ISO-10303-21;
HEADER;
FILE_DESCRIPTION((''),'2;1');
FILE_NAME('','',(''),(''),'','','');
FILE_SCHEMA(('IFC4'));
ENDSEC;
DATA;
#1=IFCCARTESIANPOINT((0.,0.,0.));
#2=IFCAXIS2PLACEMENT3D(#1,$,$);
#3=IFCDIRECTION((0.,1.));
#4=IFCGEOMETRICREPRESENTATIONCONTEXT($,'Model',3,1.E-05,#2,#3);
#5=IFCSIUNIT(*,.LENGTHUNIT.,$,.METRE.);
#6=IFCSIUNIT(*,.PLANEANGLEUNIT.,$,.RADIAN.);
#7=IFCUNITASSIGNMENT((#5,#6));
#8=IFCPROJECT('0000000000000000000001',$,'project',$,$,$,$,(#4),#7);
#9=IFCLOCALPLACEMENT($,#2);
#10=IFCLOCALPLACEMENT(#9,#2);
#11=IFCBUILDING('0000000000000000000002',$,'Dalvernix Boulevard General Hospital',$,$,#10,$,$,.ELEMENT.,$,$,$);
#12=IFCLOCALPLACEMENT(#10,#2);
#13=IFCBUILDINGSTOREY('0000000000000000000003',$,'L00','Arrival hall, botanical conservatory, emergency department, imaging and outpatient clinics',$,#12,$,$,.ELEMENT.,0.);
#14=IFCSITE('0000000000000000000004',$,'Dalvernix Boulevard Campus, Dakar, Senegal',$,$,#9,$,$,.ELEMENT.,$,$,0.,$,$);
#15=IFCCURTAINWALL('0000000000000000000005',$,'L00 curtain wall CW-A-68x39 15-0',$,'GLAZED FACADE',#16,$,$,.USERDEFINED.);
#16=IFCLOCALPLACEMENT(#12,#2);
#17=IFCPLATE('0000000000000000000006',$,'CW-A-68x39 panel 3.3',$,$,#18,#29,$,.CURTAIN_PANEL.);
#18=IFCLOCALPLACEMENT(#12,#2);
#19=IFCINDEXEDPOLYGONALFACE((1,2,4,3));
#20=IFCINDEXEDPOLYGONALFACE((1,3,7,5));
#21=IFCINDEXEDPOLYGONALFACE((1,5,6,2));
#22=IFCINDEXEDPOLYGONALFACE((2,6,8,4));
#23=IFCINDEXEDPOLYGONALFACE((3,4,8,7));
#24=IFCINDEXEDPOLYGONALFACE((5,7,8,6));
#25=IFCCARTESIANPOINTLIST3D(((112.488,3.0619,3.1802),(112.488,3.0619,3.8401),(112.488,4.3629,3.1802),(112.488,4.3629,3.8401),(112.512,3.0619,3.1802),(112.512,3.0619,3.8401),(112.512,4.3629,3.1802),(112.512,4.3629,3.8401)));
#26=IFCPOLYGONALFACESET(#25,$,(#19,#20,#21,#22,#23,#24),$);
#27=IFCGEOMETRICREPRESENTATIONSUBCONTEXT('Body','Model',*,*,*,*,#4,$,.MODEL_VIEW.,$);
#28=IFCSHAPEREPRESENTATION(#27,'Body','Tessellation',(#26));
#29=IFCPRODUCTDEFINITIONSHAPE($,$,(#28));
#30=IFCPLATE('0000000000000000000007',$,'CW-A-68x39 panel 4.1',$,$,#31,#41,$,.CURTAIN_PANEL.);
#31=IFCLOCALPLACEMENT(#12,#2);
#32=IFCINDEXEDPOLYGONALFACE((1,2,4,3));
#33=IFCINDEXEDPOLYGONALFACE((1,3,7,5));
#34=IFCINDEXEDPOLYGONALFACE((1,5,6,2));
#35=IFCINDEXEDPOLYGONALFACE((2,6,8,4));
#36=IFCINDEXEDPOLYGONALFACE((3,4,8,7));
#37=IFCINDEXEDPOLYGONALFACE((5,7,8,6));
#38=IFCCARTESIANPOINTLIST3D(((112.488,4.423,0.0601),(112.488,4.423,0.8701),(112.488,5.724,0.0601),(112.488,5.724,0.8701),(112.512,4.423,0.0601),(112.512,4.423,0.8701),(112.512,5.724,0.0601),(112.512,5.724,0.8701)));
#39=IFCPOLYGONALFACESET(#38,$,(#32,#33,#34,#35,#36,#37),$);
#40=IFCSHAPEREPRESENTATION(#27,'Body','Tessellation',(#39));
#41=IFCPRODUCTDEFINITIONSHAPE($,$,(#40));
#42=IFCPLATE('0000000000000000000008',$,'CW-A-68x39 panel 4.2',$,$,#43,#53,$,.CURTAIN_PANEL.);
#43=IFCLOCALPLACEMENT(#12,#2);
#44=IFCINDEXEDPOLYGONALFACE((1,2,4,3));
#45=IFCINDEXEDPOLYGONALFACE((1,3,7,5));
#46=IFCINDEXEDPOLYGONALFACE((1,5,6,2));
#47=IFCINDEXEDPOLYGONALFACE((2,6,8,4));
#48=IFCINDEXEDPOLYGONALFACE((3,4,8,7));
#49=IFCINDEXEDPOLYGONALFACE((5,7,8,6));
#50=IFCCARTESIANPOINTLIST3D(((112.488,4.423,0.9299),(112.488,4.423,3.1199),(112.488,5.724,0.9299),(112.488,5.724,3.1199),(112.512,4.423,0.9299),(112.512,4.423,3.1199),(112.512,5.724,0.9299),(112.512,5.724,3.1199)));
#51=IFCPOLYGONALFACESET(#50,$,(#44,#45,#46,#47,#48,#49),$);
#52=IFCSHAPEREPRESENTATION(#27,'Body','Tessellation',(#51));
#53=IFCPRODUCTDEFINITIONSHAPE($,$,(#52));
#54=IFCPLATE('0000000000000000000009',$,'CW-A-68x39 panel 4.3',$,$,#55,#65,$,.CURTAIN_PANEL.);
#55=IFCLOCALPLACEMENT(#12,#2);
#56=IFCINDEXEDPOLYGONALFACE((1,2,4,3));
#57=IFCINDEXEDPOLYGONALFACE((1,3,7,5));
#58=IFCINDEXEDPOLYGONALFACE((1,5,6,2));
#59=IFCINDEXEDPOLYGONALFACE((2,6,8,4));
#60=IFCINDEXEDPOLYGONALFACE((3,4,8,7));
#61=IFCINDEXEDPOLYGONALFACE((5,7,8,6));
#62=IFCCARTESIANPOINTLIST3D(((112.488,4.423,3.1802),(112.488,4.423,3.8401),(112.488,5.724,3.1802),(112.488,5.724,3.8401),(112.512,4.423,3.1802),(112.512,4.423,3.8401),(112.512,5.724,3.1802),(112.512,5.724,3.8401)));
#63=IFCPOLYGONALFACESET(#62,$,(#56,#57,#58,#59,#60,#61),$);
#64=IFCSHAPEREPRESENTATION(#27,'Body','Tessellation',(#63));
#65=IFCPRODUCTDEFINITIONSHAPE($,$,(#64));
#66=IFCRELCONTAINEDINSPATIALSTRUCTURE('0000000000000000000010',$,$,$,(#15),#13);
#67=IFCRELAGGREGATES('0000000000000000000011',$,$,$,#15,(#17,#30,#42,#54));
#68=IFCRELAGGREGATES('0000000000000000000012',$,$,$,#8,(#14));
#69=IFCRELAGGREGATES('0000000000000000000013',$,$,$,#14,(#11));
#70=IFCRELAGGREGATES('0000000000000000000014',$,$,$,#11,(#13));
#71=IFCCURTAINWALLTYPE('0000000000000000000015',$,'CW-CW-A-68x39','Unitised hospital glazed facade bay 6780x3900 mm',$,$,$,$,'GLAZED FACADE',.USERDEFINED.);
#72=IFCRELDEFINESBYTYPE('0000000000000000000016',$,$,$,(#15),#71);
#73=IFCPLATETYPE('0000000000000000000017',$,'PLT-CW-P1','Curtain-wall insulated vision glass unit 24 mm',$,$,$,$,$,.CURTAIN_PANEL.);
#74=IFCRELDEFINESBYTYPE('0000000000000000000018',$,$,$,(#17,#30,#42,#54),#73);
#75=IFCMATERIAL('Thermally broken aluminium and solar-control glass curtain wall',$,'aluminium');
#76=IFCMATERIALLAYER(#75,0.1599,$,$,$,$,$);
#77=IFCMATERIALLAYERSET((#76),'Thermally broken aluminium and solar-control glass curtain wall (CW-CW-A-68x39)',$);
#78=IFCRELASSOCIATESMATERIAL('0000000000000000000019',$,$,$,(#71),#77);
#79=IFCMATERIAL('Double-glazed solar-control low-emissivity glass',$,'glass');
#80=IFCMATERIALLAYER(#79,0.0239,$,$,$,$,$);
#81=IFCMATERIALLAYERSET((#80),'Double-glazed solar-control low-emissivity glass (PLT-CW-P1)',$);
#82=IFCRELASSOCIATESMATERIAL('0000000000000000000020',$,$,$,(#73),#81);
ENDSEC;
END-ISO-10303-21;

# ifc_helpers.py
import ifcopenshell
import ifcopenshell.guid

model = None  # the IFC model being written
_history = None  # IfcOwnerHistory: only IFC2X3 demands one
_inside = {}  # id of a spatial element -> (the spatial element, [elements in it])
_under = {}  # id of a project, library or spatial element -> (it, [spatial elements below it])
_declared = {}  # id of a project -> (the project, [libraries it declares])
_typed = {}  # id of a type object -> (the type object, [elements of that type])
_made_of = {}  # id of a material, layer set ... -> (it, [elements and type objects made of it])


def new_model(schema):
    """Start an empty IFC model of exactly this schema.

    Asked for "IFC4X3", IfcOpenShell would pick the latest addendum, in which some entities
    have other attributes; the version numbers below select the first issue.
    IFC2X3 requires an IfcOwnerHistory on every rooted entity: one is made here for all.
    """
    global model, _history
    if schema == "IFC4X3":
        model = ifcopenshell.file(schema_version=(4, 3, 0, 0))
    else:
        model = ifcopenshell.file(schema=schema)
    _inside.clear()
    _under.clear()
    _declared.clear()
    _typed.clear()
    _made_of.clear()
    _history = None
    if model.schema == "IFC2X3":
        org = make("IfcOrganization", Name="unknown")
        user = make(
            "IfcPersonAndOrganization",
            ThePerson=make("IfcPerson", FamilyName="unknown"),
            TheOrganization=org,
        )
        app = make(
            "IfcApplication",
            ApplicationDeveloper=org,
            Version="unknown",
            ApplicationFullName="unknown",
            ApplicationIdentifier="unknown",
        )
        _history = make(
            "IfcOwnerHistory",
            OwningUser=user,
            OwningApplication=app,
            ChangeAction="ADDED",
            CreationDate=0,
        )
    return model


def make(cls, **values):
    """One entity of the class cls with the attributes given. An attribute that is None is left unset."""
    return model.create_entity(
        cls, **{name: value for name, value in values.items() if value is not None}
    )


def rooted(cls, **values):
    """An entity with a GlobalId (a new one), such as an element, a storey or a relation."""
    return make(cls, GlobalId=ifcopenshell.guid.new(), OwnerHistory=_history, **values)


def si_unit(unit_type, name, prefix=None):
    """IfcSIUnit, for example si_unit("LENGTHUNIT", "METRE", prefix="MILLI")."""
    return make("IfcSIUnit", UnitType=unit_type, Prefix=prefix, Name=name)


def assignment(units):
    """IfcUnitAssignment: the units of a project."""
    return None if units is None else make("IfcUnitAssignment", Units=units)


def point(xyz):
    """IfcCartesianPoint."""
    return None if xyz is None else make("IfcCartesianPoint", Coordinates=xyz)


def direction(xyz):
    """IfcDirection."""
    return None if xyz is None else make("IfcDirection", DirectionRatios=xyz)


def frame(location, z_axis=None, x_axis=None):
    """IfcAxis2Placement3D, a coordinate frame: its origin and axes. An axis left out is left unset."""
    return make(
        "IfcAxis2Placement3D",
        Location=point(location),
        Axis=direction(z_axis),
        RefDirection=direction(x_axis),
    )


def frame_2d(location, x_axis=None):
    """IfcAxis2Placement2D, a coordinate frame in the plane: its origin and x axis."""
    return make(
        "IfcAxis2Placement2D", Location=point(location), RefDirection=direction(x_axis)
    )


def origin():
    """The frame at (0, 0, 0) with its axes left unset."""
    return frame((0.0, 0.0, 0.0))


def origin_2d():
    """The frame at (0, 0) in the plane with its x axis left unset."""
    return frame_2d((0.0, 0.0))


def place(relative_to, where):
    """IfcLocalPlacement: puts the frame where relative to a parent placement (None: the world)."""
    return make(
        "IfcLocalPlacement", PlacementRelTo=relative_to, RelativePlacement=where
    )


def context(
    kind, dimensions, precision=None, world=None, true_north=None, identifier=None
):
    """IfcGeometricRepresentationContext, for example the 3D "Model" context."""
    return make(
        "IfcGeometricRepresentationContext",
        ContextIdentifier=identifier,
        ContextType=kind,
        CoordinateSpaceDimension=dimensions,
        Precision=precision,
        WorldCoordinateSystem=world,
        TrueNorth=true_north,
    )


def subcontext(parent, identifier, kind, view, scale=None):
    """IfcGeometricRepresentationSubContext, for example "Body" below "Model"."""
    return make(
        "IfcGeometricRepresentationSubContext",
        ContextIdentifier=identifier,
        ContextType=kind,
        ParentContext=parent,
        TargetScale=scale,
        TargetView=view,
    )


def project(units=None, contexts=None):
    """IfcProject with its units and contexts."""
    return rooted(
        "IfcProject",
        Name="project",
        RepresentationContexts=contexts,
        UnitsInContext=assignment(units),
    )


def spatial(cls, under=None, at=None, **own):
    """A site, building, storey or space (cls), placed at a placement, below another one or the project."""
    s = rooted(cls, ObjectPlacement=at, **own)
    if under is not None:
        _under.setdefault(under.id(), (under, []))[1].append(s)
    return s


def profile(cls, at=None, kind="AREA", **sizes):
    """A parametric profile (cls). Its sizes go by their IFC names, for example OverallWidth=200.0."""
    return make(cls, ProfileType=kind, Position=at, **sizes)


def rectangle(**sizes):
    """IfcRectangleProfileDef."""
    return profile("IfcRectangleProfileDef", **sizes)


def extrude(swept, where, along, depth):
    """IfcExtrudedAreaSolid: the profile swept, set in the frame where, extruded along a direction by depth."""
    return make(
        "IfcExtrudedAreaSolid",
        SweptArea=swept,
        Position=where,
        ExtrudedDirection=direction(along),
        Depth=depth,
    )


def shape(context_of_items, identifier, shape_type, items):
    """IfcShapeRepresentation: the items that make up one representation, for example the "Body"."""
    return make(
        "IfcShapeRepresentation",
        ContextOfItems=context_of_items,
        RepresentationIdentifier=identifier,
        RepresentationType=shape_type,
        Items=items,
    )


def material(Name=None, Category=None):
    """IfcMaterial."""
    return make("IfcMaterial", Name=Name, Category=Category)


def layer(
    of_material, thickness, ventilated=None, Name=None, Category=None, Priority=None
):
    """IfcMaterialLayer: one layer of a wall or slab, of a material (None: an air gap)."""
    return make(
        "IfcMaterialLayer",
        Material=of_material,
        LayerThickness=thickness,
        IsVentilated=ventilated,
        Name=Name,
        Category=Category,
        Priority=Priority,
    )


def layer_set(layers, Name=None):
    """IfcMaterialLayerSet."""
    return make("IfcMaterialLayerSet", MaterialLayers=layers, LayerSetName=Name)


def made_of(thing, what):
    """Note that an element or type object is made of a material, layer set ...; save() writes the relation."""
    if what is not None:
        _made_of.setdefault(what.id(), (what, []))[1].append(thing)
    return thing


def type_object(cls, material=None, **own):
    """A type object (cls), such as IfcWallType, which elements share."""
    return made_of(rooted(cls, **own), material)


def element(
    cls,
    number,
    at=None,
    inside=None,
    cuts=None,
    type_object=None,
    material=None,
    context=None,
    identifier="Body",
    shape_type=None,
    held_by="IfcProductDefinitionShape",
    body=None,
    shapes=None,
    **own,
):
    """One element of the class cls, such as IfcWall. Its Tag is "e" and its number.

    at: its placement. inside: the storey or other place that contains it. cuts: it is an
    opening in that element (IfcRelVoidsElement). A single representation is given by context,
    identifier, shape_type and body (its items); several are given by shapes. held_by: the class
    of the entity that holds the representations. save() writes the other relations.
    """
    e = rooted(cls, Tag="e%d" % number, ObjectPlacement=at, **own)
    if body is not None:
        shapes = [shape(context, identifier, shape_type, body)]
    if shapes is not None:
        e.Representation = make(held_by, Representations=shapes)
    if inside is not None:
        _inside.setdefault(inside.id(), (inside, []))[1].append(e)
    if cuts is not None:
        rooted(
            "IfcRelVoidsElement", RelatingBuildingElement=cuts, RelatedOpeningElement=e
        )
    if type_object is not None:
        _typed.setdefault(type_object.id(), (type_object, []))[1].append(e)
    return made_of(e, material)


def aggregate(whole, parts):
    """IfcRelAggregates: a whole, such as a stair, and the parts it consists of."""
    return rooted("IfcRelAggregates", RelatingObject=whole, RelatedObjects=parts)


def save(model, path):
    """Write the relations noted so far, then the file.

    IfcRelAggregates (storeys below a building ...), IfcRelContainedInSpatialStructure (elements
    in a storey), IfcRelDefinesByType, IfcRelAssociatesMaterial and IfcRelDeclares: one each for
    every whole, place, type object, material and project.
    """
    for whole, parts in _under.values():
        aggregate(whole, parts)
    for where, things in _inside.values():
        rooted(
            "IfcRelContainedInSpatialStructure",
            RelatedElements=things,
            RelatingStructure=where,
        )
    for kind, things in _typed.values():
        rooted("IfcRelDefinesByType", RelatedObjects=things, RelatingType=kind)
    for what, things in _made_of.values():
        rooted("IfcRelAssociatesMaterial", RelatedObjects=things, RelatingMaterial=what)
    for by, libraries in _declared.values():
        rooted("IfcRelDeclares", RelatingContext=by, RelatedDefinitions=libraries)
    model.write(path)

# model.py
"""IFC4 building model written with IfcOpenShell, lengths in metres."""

from ifc_helpers import new_model, si_unit, direction, frame, origin, origin_2d, place, context, subcontext, project, spatial, rectangle, extrude, material, layer, layer_set, type_object, element, aggregate, save


model = new_model("IFC4")

# Units and contexts
model_context = context("Model", 3, precision=1e-05, world=origin(), true_north=direction((0.0, 1.0)))
body_context = subcontext(model_context, "Body", "Model", "MODEL_VIEW")
ifc_project = project(units=[si_unit("LENGTHUNIT", "METRE"), si_unit("PLANEANGLEUNIT", "RADIAN")], contexts=[model_context])

# Site, building, storey
site_placement = place(None, origin())
site = spatial("IfcSite", under=ifc_project, at=site_placement, Name="Dalvernix Boulevard Campus, Dakar, Senegal", CompositionType="ELEMENT", RefElevation=0.0)
building_placement = place(site_placement, origin())
building = spatial("IfcBuilding", under=site, at=building_placement, Name="Dalvernix Boulevard General Hospital", CompositionType="ELEMENT")
storey_placement = place(building_placement, origin())
storey = spatial("IfcBuildingStorey", under=building, at=storey_placement, Name="L00", Description="Arrival hall, botanical conservatory, emergency department, imaging and outpatient clinics", CompositionType="ELEMENT", Elevation=0.0)

# Curtain wall, plates
ifc_material_1 = material(Name="Thermally broken aluminium and solar-control glass curtain wall", Category="aluminium")
ifc_layer_1 = layer(ifc_material_1, 0.1599)
ifc_layer_set_1 = layer_set([ifc_layer_1], Name="Thermally broken aluminium and solar-control glass curtain wall (CW-CW-A-68x39)")
curtain_wall_type = type_object("IfcCurtainWallType", Name="CW-CW-A-68x39", Description="Unitised hospital glazed facade bay 6780x3900 mm", ElementType="GLAZED FACADE", PredefinedType="USERDEFINED", material=ifc_layer_set_1)
curtain_wall_placement = place(storey_placement, origin())
curtain_wall = element("IfcCurtainWall", 1, at=curtain_wall_placement, inside=storey, type_object=curtain_wall_type, Name="L00 curtain wall CW-A-68x39 15-0", ObjectType="GLAZED FACADE", PredefinedType="USERDEFINED")
ifc_material_2 = material(Name="Double-glazed solar-control low-emissivity glass", Category="glass")
ifc_layer_2 = layer(ifc_material_2, 0.0239)
ifc_layer_set_2 = layer_set([ifc_layer_2], Name="Double-glazed solar-control low-emissivity glass (PLT-CW-P1)")
plate_type = type_object("IfcPlateType", Name="PLT-CW-P1", Description="Curtain-wall insulated vision glass unit 24 mm", PredefinedType="CURTAIN_PANEL", material=ifc_layer_set_2)
plate_1_placement = place(storey_placement, frame((112.5, 3.7124, 3.1802), z_axis=(0.0, 0.0, 1.0), x_axis=(0.0, 1.0, 0.0)))
plate_1 = element("IfcPlate", 2, at=plate_1_placement, type_object=plate_type, Name="CW-A-68x39 panel 3.3", PredefinedType="CURTAIN_PANEL", context=body_context, shape_type="SweptSolid", body=[
    extrude(rectangle(XDim=1.301, YDim=0.0239, at=origin_2d()), origin(), (0.0, 0.0, 1.0), 0.6599),
])
plate_2_placement = place(storey_placement, frame((112.5, 5.0735, 0.0601), z_axis=(0.0, 0.0, 1.0), x_axis=(0.0, 1.0, 0.0)))
plate_2 = element("IfcPlate", 3, at=plate_2_placement, type_object=plate_type, Name="CW-A-68x39 panel 4.1", PredefinedType="CURTAIN_PANEL", context=body_context, shape_type="SweptSolid", body=[
    extrude(rectangle(XDim=1.301, YDim=0.0239, at=origin_2d()), origin(), (0.0, 0.0, 1.0), 0.8101),
])
plate_3_placement = place(storey_placement, frame((112.5, 5.0735, 0.9299), z_axis=(0.0, 0.0, 1.0), x_axis=(0.0, 1.0, 0.0)))
plate_3 = element("IfcPlate", 4, at=plate_3_placement, type_object=plate_type, Name="CW-A-68x39 panel 4.2", PredefinedType="CURTAIN_PANEL", context=body_context, shape_type="SweptSolid", body=[
    extrude(rectangle(XDim=1.301, YDim=0.0239, at=origin_2d()), origin(), (0.0, 0.0, 1.0), 2.1899),
])
plate_4_placement = place(storey_placement, frame((112.5, 5.0735, 3.1802), z_axis=(0.0, 0.0, 1.0), x_axis=(0.0, 1.0, 0.0)))
plate_4 = element("IfcPlate", 5, at=plate_4_placement, type_object=plate_type, Name="CW-A-68x39 panel 4.3", PredefinedType="CURTAIN_PANEL", context=body_context, shape_type="SweptSolid", body=[
    extrude(rectangle(XDim=1.301, YDim=0.0239, at=origin_2d()), origin(), (0.0, 0.0, 1.0), 0.6599),
])
aggregate(curtain_wall, [plate_1, plate_2, plate_3, plate_4])

save(model, "model.ifc")
